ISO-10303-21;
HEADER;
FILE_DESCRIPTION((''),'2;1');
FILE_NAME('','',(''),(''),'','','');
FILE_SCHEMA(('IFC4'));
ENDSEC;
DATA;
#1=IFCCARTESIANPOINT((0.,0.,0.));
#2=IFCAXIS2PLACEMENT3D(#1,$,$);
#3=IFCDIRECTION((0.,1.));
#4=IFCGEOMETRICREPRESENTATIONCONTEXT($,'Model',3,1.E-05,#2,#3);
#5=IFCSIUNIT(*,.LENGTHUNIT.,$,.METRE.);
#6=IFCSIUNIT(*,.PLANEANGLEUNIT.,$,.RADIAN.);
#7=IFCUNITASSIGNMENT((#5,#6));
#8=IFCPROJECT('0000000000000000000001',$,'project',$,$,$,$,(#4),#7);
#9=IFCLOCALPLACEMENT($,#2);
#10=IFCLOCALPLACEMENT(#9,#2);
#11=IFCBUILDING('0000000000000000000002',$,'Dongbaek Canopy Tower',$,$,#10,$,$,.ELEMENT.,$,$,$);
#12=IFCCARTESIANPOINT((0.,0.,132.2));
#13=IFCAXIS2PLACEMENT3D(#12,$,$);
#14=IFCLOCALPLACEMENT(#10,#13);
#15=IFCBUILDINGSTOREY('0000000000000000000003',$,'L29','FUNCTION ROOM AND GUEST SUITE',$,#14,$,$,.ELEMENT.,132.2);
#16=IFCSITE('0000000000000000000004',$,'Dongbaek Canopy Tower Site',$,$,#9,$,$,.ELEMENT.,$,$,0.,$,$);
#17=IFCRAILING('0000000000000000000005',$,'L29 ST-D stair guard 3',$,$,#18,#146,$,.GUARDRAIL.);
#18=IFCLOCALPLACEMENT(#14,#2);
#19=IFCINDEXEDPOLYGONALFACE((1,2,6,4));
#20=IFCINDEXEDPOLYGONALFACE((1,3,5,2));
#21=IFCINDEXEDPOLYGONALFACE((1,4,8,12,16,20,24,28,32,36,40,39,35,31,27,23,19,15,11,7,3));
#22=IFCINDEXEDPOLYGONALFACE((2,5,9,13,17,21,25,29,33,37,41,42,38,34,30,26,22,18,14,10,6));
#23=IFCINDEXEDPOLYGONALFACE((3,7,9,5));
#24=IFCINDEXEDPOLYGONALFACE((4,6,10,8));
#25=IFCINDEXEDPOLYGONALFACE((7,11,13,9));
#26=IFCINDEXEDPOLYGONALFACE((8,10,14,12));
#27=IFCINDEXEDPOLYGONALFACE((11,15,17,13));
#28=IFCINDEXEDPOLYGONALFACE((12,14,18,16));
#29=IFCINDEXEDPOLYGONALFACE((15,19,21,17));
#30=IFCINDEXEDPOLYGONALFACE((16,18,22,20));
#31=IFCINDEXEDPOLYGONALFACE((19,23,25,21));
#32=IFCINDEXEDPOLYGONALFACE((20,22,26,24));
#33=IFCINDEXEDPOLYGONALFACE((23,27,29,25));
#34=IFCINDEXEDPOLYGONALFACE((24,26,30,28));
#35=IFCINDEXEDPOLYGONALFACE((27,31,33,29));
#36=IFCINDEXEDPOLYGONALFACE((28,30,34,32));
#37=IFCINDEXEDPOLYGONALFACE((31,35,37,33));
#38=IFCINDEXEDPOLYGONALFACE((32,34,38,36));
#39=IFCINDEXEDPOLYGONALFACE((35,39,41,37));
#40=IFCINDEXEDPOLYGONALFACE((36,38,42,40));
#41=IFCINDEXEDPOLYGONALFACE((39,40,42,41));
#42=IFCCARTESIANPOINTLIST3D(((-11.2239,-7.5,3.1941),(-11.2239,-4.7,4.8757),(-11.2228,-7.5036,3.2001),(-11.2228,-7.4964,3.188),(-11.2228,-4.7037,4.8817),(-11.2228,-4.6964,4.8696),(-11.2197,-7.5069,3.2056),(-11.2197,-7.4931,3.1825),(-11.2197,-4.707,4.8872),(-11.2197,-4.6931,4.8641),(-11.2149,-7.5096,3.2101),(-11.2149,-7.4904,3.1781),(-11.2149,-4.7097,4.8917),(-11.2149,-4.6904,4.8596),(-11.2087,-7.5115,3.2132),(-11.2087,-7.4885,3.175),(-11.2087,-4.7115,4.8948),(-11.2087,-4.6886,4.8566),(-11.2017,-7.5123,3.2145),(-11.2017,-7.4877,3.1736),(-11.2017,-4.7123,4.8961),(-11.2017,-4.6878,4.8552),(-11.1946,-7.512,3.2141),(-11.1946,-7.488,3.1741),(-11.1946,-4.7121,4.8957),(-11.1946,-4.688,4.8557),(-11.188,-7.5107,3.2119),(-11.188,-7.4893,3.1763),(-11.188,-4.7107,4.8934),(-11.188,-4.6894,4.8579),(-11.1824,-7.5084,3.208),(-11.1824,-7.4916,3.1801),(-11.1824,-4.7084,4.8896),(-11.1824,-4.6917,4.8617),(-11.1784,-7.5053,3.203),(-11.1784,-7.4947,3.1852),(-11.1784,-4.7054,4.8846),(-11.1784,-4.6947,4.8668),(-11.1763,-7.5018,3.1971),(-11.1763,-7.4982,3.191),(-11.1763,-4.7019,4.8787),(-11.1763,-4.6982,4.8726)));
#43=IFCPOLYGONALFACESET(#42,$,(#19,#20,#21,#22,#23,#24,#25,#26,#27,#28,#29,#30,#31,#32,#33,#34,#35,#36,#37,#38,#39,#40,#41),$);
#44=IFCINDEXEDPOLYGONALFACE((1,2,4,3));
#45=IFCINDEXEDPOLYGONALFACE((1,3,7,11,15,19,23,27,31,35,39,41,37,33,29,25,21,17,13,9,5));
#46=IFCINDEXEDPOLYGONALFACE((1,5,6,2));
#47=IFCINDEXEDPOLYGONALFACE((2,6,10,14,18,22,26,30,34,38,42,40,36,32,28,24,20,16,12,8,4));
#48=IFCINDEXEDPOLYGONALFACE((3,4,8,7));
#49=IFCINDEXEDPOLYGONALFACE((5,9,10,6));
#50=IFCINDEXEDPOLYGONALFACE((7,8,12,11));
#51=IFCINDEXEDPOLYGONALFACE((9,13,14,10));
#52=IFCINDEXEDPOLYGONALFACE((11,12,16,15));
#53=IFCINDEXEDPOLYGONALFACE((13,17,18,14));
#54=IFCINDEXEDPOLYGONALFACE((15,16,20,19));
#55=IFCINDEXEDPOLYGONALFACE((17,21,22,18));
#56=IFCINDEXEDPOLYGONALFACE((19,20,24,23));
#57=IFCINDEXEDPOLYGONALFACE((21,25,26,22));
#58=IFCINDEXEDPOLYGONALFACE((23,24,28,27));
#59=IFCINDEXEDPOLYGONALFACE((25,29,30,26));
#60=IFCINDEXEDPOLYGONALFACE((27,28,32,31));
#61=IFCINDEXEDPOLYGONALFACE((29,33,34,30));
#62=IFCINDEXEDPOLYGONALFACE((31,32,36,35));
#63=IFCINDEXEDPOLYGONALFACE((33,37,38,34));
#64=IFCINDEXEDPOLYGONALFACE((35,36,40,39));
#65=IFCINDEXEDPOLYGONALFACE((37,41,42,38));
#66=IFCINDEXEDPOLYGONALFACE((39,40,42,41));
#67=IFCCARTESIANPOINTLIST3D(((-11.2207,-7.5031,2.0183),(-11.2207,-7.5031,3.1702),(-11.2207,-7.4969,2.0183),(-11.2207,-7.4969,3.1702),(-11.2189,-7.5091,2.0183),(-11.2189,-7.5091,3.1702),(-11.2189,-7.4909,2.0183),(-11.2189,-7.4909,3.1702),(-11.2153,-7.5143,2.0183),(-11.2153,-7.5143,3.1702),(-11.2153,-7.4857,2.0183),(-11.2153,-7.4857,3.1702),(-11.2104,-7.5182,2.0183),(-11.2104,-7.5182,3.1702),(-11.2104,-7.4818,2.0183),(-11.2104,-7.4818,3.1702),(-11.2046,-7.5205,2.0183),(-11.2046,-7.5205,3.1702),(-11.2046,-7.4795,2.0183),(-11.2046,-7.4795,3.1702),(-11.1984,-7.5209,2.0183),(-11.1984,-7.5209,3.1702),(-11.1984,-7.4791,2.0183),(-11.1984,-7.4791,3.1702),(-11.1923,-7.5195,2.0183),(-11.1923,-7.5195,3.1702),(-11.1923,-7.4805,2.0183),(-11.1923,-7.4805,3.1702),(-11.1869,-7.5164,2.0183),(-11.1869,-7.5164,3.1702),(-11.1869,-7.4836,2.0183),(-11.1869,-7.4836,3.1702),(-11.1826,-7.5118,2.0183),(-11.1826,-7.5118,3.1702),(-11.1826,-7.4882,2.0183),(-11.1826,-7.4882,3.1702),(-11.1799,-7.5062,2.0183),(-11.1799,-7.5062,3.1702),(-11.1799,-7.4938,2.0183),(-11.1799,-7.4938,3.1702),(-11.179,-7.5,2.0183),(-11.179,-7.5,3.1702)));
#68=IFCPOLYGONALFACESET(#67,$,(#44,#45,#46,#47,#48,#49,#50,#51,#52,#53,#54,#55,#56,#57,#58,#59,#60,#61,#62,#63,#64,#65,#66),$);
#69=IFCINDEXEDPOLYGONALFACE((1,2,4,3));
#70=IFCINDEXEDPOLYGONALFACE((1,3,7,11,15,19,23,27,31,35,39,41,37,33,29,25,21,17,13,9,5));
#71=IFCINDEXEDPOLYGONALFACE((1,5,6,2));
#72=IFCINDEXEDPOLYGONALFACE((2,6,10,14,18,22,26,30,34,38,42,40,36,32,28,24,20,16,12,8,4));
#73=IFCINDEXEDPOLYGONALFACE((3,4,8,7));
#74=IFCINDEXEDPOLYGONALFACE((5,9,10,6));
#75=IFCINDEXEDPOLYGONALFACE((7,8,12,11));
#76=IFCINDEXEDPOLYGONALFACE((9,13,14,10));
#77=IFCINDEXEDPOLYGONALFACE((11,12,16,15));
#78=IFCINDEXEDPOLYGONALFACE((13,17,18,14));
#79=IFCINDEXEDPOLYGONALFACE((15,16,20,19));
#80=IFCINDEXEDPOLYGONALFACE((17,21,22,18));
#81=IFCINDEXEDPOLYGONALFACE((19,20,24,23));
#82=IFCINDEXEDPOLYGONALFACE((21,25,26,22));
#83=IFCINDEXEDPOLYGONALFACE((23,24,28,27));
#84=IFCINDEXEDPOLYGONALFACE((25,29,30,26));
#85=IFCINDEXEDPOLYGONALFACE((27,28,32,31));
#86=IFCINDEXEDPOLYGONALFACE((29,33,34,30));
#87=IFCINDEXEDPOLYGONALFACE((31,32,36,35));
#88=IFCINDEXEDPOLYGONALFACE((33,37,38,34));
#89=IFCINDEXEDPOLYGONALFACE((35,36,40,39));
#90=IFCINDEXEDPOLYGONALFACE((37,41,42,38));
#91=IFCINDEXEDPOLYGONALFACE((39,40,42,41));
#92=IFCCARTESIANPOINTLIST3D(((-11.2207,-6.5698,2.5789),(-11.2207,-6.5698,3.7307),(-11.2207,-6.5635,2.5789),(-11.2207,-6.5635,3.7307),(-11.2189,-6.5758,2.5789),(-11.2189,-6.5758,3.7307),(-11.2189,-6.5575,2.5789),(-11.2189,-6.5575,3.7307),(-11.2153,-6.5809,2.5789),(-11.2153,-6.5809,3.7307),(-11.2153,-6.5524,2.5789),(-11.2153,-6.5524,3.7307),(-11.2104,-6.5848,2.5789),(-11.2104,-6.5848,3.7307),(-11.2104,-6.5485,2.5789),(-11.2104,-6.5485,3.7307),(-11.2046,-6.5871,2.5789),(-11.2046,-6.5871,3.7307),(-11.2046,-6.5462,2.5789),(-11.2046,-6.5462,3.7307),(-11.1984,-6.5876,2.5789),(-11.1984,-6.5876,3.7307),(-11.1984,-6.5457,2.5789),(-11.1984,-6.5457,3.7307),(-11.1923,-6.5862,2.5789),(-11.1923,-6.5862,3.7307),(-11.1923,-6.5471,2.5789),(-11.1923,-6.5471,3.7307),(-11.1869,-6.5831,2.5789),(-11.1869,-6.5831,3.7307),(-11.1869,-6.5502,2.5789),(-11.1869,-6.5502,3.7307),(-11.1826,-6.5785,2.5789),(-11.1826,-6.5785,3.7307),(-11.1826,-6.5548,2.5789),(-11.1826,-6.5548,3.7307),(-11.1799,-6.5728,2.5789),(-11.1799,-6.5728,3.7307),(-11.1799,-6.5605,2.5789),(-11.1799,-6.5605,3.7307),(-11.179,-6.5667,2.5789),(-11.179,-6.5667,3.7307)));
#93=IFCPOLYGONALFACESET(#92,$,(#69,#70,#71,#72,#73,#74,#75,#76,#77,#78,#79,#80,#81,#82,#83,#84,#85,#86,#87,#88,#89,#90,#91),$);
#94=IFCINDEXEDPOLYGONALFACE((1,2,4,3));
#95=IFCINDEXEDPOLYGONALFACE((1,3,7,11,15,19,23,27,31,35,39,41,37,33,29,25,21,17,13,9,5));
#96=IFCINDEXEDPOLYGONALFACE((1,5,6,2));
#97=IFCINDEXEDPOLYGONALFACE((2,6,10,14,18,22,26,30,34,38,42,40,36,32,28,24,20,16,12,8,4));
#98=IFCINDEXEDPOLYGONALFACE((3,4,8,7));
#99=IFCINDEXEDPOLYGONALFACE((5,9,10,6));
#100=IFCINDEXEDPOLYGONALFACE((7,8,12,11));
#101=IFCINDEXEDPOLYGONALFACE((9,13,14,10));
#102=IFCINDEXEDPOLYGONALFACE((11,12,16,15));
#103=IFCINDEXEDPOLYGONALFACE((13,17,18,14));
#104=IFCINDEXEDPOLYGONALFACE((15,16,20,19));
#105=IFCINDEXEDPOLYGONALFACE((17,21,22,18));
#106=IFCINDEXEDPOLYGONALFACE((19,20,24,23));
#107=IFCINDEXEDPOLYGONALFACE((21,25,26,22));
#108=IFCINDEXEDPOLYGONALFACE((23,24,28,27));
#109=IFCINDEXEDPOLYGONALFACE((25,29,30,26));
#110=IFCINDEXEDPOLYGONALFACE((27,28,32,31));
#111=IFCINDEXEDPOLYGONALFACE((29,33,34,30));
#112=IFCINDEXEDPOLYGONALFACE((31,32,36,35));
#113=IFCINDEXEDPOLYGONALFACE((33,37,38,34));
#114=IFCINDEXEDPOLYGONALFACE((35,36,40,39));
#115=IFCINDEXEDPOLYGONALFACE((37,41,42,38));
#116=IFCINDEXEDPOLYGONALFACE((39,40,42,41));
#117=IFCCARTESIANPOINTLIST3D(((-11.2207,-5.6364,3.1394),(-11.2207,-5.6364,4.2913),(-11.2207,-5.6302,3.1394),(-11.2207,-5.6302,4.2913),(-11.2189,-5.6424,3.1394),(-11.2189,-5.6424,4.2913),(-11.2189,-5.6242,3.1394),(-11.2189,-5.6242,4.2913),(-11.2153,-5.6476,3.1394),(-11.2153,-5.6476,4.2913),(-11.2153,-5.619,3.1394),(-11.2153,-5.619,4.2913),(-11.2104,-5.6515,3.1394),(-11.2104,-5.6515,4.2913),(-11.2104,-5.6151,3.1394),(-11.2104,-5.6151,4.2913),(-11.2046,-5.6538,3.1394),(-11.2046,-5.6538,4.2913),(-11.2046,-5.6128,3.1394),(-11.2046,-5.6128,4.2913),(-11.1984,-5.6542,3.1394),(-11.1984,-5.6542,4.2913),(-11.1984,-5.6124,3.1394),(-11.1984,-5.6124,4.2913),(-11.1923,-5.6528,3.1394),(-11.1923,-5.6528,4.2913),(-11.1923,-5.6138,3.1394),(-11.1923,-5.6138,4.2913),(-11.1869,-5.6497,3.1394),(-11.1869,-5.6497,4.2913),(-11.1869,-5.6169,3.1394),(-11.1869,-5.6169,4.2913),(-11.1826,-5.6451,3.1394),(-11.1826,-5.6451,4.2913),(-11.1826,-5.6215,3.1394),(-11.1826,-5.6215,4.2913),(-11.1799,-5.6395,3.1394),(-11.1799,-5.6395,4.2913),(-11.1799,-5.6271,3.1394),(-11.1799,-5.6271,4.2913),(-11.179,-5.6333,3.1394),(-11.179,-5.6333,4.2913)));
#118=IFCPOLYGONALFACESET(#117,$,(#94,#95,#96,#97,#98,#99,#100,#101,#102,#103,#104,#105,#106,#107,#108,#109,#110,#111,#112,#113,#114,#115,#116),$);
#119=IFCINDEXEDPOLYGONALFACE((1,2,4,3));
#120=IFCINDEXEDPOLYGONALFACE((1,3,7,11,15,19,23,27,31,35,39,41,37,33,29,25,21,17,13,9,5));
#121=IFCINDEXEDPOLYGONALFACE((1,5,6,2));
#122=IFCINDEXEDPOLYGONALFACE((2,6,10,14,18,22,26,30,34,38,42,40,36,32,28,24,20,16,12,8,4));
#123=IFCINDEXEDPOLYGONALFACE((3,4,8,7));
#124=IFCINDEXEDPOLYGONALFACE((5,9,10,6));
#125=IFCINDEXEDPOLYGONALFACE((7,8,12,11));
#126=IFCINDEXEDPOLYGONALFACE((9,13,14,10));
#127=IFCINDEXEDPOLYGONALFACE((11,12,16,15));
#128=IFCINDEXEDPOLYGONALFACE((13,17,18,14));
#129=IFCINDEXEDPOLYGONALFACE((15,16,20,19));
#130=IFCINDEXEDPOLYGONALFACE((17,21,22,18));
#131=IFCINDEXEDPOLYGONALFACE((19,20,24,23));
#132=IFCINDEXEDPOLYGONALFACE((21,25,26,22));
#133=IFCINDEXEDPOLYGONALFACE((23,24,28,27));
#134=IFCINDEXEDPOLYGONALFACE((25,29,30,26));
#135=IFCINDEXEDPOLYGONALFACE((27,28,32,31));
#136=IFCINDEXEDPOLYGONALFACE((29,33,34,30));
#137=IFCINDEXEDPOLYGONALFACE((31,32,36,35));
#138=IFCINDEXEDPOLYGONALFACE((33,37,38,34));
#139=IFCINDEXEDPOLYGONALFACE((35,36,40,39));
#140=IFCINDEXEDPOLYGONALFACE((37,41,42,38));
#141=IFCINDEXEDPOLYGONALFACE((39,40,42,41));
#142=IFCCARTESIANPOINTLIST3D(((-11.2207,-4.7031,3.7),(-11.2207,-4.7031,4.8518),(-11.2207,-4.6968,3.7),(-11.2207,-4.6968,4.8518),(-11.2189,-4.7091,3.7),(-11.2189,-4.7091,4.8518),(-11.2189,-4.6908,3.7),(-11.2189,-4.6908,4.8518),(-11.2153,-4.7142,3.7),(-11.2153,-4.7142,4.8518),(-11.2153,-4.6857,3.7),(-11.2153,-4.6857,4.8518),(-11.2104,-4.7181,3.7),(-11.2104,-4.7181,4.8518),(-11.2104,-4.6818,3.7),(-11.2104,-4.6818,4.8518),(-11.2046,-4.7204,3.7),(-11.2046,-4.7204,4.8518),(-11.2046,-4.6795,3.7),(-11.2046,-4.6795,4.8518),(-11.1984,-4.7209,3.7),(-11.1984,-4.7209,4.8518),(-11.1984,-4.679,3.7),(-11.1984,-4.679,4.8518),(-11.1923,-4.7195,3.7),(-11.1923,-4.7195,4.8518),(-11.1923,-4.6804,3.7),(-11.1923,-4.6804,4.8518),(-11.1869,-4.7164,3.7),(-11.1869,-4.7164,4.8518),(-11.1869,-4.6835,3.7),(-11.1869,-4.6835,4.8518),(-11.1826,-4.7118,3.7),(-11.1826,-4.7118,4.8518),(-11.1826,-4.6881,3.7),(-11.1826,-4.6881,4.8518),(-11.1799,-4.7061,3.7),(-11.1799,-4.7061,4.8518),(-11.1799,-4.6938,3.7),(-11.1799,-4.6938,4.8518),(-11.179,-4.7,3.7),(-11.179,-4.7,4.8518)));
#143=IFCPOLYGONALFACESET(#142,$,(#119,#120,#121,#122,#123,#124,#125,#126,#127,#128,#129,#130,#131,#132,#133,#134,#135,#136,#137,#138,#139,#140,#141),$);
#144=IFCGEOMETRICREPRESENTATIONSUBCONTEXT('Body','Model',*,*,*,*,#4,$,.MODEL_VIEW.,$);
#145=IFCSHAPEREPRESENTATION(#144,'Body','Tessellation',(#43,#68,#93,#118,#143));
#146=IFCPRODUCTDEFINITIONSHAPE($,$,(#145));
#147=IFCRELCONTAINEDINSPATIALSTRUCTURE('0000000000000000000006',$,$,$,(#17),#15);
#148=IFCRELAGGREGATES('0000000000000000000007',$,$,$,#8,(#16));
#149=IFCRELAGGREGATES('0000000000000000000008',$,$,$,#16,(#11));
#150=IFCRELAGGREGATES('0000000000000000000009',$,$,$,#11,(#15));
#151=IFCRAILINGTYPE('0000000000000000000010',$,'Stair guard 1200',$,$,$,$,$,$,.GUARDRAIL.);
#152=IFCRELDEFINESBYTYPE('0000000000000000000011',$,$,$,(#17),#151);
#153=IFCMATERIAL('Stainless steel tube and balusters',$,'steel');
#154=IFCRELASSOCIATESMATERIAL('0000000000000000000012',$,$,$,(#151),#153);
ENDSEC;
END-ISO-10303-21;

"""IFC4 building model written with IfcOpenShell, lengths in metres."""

from ifc_helpers import new_model, si_unit, direction, frame, origin, origin_2d, place, context, subcontext, project, spatial, circle, extrude, material, type_object, element, save


model = new_model("IFC4")

# Units and contexts
model_context = context("Model", 3, precision=1e-05, world=origin(), true_north=direction((0.0, 1.0)))
body_context = subcontext(model_context, "Body", "Model", "MODEL_VIEW")
ifc_project = project(units=[si_unit("LENGTHUNIT", "METRE"), si_unit("PLANEANGLEUNIT", "RADIAN")], contexts=[model_context])

# Site, building, storey
site_placement = place(None, origin())
site = spatial("IfcSite", under=ifc_project, at=site_placement, Name="Dongbaek Canopy Tower Site", CompositionType="ELEMENT", RefElevation=0.0)
building_placement = place(site_placement, origin())
building = spatial("IfcBuilding", under=site, at=building_placement, Name="Dongbaek Canopy Tower", CompositionType="ELEMENT")
storey_placement = place(building_placement, frame((0.0, 0.0, 132.2)))
storey = spatial("IfcBuildingStorey", under=building, at=storey_placement, Name="L29", Description="FUNCTION ROOM AND GUEST SUITE", CompositionType="ELEMENT", Elevation=132.2)

# Railing
ifc_material_1 = material(Name="Stainless steel tube and balusters", Category="steel")
railing_type_1 = type_object("IfcRailingType", Name="Stair guard 1200", PredefinedType="GUARDRAIL", material=ifc_material_1)
railing_1_placement = place(storey_placement, frame((-11.2, -7.5, 2.0183)))
element("IfcRailing", 1, at=railing_1_placement, inside=storey, type_object=railing_type_1, Name="L29 ST-D stair guard 3", PredefinedType="GUARDRAIL", context=body_context, shape_type="SweptSolid", body=[
    extrude(circle(Radius=0.0239, at=origin_2d()), frame((0.0, 0.0, 1.1758), z_axis=(0.0, 0.857275, 0.514858), x_axis=(-1.0, 0.0, 0.0)), (0.0, 0.0, 1.0), 3.2661),
    extrude(circle(Radius=0.021, at=origin_2d()), origin(), (0.0, 0.0, 1.0), 1.1519),
    extrude(circle(Radius=0.021, at=origin_2d()), frame((0.0, 0.9333, 0.5605)), (0.0, 0.0, 1.0), 1.1519),
    extrude(circle(Radius=0.021, at=origin_2d()), frame((0.0, 1.8667, 1.1211)), (0.0, 0.0, 1.0), 1.1519),
    extrude(circle(Radius=0.021, at=origin_2d()), frame((0.0, 2.8, 1.6816)), (0.0, 0.0, 1.0), 1.1519),
])

save(model, "model.ifc")
